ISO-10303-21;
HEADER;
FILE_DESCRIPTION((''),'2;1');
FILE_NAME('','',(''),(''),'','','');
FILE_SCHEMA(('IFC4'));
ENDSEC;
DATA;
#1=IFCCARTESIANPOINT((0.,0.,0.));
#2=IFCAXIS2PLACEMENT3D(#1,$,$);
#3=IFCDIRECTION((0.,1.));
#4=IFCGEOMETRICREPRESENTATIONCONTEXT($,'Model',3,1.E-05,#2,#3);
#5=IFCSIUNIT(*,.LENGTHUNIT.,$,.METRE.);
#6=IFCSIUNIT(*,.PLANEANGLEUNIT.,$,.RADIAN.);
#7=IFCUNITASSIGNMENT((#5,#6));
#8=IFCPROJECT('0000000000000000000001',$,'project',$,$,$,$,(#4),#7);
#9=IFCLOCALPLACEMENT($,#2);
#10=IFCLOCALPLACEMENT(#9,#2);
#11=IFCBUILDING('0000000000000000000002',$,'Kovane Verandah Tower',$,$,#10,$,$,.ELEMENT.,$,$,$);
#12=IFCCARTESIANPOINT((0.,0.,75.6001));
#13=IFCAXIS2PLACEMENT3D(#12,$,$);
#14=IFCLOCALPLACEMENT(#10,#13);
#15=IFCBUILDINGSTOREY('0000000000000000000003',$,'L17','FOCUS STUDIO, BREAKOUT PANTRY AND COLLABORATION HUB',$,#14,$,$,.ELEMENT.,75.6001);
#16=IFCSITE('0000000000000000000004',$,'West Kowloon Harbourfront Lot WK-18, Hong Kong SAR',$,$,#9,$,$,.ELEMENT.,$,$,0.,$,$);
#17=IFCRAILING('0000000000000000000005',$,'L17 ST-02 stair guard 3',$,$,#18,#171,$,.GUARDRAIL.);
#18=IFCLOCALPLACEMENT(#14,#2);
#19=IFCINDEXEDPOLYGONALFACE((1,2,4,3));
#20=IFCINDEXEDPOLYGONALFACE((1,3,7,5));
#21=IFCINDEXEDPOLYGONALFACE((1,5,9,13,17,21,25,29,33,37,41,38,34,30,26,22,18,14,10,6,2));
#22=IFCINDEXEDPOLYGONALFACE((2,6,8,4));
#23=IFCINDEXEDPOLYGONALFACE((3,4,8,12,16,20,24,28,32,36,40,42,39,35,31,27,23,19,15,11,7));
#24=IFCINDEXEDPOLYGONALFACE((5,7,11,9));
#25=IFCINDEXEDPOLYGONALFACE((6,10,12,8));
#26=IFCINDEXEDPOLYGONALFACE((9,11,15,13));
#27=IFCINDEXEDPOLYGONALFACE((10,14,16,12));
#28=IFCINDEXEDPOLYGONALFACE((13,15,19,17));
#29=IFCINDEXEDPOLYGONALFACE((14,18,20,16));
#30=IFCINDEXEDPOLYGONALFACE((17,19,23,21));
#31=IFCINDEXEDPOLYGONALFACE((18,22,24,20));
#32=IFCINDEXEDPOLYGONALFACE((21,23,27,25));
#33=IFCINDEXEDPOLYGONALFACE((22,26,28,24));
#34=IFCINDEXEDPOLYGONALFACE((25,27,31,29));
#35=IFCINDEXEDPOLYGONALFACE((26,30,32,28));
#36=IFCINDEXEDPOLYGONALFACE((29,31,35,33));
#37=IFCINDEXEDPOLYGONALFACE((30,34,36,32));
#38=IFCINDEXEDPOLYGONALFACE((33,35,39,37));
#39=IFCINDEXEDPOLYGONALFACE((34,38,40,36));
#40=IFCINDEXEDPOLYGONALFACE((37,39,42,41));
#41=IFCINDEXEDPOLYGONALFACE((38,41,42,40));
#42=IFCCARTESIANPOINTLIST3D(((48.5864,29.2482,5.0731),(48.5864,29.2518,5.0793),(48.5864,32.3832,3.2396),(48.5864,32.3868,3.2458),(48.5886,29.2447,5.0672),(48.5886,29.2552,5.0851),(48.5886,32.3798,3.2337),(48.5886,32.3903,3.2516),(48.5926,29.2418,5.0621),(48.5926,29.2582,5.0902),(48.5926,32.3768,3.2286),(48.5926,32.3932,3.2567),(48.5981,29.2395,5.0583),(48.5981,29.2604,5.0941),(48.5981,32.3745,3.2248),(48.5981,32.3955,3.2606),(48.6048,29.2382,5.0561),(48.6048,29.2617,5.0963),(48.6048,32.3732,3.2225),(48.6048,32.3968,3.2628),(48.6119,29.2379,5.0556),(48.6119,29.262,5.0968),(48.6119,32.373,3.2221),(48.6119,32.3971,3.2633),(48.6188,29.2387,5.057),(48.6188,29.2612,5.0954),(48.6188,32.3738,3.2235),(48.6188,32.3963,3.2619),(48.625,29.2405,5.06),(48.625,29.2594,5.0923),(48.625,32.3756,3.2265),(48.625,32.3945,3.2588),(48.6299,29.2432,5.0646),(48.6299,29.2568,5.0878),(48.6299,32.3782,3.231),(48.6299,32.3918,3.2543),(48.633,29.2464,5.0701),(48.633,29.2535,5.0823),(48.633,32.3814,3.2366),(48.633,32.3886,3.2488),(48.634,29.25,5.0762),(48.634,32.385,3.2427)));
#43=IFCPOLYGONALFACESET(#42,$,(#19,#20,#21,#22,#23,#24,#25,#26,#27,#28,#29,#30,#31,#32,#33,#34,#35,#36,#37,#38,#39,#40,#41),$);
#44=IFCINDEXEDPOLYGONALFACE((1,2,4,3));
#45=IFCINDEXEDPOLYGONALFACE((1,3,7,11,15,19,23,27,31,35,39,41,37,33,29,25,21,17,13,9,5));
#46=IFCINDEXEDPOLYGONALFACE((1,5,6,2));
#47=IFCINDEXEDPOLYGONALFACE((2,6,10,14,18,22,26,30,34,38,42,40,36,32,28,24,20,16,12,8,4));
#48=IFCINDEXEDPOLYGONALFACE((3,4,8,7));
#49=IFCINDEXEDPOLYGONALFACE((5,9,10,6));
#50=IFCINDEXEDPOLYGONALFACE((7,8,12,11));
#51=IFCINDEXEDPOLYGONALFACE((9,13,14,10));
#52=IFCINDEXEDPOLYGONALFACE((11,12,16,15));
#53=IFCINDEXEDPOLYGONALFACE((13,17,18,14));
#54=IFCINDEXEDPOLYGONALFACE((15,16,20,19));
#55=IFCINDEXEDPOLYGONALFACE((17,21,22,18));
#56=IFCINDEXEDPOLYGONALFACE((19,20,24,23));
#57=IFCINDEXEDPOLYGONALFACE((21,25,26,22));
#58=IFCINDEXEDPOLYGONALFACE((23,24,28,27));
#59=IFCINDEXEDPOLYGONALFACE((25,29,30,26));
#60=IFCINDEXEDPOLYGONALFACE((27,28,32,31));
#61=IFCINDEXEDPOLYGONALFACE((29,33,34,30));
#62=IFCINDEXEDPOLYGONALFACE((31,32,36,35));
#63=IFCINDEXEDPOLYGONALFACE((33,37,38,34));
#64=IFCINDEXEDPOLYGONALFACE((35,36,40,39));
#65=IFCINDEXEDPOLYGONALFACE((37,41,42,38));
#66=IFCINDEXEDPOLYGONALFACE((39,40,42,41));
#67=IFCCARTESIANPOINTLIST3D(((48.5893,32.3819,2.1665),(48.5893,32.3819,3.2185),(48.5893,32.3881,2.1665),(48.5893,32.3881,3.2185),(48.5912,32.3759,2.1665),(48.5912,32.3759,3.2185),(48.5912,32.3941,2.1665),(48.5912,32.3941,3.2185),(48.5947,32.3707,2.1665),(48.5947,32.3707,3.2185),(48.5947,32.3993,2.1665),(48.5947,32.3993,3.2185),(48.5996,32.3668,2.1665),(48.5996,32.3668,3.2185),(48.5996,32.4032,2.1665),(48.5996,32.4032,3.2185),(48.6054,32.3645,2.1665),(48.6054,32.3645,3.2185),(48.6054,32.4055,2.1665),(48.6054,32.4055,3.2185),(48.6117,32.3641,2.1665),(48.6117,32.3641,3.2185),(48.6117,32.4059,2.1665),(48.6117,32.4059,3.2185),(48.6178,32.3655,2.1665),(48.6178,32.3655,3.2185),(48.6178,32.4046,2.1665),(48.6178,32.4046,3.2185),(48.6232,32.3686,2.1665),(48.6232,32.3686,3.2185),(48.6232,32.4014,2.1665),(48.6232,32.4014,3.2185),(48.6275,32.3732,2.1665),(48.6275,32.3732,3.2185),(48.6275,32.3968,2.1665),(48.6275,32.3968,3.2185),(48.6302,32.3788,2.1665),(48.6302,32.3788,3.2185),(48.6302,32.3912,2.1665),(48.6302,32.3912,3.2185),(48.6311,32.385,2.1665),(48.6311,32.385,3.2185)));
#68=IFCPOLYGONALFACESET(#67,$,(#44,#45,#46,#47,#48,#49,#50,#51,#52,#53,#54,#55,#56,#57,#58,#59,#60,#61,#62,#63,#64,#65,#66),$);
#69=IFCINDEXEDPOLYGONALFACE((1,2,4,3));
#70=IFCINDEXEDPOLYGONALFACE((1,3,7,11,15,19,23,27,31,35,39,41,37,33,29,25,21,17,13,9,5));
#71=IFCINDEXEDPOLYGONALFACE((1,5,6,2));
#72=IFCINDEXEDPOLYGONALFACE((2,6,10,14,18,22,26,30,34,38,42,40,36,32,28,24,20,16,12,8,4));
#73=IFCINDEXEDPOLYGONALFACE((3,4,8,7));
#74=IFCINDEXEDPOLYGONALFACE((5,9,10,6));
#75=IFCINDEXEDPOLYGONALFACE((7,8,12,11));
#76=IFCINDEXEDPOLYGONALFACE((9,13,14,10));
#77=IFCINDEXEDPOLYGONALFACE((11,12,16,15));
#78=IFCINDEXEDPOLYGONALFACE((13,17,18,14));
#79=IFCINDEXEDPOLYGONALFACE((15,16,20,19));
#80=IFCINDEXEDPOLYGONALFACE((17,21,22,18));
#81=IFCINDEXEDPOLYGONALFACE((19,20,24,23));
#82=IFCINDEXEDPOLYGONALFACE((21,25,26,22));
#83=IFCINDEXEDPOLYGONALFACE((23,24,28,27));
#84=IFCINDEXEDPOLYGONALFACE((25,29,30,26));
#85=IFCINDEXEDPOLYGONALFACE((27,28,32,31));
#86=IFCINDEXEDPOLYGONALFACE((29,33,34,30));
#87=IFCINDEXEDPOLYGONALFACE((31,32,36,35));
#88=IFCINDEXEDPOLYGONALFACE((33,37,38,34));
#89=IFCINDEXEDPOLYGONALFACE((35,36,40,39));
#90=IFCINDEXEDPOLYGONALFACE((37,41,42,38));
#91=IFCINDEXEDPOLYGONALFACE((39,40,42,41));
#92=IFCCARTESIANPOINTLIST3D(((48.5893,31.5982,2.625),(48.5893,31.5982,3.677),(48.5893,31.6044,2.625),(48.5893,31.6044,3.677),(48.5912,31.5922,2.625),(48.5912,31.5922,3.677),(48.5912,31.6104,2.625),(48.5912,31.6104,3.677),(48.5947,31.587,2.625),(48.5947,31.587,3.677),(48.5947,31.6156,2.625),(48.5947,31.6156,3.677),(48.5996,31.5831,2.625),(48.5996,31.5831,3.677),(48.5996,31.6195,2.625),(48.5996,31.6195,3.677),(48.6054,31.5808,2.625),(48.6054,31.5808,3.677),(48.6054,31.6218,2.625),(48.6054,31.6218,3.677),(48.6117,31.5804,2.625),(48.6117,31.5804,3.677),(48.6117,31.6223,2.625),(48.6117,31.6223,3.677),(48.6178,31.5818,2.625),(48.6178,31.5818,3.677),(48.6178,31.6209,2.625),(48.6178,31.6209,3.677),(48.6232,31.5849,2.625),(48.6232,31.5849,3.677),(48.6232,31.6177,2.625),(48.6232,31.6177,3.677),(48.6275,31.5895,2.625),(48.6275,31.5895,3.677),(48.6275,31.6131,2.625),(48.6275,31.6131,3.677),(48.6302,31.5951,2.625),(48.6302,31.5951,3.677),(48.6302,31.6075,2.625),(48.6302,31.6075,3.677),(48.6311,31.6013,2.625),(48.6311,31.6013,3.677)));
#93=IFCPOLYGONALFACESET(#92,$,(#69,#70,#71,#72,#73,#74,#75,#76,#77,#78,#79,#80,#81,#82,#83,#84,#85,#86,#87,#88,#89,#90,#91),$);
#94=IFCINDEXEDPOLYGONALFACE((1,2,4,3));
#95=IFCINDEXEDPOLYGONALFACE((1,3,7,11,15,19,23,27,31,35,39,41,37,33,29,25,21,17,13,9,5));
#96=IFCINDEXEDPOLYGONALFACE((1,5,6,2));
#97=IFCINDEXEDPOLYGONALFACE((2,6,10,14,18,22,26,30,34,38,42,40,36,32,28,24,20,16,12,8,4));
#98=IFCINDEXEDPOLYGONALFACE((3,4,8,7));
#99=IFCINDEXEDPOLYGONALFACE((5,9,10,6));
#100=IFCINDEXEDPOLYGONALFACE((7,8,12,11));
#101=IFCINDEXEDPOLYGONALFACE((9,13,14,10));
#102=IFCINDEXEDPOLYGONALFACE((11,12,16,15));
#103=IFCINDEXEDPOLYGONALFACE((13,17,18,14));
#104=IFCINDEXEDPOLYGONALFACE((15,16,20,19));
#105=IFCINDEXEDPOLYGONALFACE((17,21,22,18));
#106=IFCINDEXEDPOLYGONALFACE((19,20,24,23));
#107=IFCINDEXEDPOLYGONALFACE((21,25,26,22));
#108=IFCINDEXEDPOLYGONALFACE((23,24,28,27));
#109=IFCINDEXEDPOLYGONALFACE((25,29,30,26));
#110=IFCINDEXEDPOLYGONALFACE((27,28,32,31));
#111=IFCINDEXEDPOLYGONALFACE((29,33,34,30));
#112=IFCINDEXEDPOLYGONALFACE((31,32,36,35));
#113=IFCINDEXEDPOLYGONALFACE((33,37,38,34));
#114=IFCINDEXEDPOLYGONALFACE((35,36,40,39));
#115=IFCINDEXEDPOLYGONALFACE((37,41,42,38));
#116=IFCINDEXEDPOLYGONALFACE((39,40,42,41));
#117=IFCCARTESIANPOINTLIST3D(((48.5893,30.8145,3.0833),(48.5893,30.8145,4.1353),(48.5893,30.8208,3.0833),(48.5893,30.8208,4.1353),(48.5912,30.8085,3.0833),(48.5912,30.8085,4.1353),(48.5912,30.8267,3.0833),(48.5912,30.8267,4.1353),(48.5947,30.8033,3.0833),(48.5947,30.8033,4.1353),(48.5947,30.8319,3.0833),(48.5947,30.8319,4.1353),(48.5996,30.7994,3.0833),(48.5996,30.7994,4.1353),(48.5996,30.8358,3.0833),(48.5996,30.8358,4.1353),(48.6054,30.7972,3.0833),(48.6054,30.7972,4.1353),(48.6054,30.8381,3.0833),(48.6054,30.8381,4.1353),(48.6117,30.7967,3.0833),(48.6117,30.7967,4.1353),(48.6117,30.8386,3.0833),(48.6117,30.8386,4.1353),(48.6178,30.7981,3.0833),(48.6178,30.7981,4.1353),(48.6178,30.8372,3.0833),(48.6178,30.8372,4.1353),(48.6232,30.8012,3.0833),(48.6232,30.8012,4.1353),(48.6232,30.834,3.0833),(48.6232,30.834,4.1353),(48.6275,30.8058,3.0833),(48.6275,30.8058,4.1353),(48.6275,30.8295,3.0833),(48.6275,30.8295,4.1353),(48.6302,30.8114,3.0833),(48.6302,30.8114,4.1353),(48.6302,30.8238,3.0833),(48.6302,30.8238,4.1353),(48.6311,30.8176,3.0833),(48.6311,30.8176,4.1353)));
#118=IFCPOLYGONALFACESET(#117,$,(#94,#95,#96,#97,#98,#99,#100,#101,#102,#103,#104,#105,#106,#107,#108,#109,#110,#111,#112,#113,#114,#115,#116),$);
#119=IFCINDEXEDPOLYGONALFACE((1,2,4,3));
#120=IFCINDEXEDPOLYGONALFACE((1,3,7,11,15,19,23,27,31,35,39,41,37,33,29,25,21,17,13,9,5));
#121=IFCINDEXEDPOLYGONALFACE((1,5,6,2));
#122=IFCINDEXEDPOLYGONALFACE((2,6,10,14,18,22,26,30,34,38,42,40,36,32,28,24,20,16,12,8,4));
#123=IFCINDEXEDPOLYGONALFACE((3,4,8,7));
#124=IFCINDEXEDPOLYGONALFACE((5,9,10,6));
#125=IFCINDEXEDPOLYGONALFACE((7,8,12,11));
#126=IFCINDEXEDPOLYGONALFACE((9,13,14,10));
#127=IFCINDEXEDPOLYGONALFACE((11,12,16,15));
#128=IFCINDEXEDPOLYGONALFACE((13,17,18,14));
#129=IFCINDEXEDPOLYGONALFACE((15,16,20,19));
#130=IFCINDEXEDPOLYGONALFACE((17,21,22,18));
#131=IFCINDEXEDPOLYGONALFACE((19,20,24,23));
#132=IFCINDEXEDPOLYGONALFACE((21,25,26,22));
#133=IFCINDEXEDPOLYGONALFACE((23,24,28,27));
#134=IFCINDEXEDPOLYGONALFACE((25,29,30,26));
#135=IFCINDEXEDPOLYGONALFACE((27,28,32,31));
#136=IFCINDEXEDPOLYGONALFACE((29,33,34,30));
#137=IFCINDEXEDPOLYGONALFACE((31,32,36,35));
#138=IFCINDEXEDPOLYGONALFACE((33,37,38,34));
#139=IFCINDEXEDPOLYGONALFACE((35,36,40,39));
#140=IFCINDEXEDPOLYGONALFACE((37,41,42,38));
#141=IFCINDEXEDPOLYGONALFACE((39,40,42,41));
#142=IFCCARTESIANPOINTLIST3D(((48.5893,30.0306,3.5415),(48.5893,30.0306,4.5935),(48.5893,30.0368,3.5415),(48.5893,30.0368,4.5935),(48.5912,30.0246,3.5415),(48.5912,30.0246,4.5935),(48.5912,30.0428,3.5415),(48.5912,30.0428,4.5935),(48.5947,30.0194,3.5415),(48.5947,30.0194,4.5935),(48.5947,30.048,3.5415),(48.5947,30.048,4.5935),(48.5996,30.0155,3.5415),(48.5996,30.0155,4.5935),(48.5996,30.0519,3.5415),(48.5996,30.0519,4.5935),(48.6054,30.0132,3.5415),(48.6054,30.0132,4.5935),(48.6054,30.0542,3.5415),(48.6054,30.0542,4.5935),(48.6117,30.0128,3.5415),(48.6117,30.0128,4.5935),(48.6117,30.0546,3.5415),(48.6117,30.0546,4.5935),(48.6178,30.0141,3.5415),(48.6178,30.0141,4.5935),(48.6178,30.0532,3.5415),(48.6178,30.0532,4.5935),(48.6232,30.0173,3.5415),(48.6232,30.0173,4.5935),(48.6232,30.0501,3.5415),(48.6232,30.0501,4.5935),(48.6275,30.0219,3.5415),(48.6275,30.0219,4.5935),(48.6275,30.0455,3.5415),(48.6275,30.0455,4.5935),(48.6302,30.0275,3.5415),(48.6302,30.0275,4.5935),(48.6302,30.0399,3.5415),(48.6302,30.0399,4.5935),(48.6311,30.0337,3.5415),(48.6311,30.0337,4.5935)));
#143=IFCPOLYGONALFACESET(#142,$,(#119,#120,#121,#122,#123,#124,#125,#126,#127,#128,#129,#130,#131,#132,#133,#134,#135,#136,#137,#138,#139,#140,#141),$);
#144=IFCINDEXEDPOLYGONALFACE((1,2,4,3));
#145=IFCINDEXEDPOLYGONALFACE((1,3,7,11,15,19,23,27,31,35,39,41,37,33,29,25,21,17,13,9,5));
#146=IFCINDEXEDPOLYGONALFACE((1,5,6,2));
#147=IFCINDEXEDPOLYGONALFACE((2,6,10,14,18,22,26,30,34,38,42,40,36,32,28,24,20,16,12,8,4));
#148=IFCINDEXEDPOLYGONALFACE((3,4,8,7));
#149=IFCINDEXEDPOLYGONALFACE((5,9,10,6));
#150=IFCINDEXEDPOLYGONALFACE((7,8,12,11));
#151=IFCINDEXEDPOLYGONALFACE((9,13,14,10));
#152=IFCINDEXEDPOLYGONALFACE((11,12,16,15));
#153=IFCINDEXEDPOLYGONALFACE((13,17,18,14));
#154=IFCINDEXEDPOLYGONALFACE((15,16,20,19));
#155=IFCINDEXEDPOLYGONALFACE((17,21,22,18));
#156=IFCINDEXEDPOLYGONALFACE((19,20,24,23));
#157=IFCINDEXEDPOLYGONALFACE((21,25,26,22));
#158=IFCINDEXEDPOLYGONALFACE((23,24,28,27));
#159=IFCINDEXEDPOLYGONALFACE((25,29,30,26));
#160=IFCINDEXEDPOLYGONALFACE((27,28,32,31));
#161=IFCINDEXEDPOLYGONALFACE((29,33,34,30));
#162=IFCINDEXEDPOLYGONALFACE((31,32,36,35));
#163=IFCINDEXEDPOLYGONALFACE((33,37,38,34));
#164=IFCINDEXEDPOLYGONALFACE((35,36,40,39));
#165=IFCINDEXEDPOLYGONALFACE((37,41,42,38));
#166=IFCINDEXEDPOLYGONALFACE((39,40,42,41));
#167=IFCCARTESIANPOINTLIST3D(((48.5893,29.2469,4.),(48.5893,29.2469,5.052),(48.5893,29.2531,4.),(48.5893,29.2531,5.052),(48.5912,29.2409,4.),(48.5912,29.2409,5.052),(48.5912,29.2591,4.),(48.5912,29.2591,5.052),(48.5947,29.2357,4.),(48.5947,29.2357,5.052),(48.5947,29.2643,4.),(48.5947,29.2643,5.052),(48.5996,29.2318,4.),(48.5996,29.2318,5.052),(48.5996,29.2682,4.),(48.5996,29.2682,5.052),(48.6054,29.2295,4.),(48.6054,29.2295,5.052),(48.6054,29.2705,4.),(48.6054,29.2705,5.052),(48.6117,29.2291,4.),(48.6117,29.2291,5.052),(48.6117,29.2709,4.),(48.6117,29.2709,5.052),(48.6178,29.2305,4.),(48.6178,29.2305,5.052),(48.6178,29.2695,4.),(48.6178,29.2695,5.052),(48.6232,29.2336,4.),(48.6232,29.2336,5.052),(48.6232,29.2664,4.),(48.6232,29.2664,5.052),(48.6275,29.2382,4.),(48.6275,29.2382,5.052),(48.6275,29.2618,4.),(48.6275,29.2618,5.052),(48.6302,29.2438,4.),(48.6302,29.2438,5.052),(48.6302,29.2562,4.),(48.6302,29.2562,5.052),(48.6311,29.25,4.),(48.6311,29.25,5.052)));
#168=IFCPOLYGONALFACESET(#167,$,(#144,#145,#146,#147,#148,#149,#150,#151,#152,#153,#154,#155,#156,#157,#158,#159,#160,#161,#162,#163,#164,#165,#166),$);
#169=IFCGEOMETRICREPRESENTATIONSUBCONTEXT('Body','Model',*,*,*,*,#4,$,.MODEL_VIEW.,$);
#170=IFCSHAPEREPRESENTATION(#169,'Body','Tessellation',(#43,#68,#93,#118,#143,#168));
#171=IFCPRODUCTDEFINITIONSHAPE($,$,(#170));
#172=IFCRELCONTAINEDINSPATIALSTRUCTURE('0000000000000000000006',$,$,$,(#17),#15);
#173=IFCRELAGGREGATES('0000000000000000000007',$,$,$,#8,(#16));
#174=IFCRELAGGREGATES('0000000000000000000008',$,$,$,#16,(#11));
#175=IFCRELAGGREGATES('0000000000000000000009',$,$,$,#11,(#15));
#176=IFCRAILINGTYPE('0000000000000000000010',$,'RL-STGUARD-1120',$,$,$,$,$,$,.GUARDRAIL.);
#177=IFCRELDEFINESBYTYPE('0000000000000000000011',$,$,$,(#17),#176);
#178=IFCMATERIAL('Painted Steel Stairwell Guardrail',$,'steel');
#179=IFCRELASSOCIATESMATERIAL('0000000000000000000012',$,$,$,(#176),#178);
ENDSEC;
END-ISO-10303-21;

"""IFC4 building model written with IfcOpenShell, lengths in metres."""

from ifc_helpers import new_model, si_unit, direction, frame, origin, origin_2d, place, context, subcontext, project, spatial, circle, extrude, material, type_object, element, save


model = new_model("IFC4")

# Units and contexts
model_context = context("Model", 3, precision=1e-05, world=origin(), true_north=direction((0.0, 1.0)))
body_context = subcontext(model_context, "Body", "Model", "MODEL_VIEW")
ifc_project = project(units=[si_unit("LENGTHUNIT", "METRE"), si_unit("PLANEANGLEUNIT", "RADIAN")], contexts=[model_context])

# Site, building, storey
site_placement = place(None, origin())
site = spatial("IfcSite", under=ifc_project, at=site_placement, Name="West Kowloon Harbourfront Lot WK-18, Hong Kong SAR", CompositionType="ELEMENT", RefElevation=0.0)
building_placement = place(site_placement, origin())
building = spatial("IfcBuilding", under=site, at=building_placement, Name="Kovane Verandah Tower", CompositionType="ELEMENT")
storey_placement = place(building_placement, frame((0.0, 0.0, 75.6001)))
storey = spatial("IfcBuildingStorey", under=building, at=storey_placement, Name="L17", Description="FOCUS STUDIO, BREAKOUT PANTRY AND COLLABORATION HUB", CompositionType="ELEMENT", Elevation=75.6001)

# Railing
ifc_material_1 = material(Name="Painted Steel Stairwell Guardrail", Category="steel")
railing_type = type_object("IfcRailingType", Name="RL-STGUARD-1120", PredefinedType="GUARDRAIL", material=ifc_material_1)
for number, where, name in (
    (1, (48.6101, 32.385, 2.1665), "L17 ST-02 stair guard 3"),
):
    element("IfcRailing", number, at=place(storey_placement, frame(where)), inside=storey, type_object=railing_type, Name=name, PredefinedType="GUARDRAIL", context=body_context, shape_type="SweptSolid", body=[
        extrude(circle(Radius=0.0239, at=origin_2d()), frame((0.0, 0.0, 1.0762), z_axis=(0.0, -0.86321, 0.504845), x_axis=(1.0, 0.0, 0.0)), (0.0, 0.0, 1.0), 3.6318),
        extrude(circle(Radius=0.021, at=origin_2d()), origin(), (0.0, 0.0, 1.0), 1.052),
        extrude(circle(Radius=0.021, at=origin_2d()), frame((0.0, -0.7837, 0.4585)), (0.0, 0.0, 1.0), 1.052),
        extrude(circle(Radius=0.021, at=origin_2d()), frame((0.0, -1.5674, 0.9167)), (0.0, 0.0, 1.0), 1.052),
        extrude(circle(Radius=0.021, at=origin_2d()), frame((0.0, -2.3513, 1.375)), (0.0, 0.0, 1.0), 1.052),
        extrude(circle(Radius=0.021, at=origin_2d()), frame((0.0, -3.135, 1.8335)), (0.0, 0.0, 1.0), 1.052),
    ])

save(model, "model.ifc")
